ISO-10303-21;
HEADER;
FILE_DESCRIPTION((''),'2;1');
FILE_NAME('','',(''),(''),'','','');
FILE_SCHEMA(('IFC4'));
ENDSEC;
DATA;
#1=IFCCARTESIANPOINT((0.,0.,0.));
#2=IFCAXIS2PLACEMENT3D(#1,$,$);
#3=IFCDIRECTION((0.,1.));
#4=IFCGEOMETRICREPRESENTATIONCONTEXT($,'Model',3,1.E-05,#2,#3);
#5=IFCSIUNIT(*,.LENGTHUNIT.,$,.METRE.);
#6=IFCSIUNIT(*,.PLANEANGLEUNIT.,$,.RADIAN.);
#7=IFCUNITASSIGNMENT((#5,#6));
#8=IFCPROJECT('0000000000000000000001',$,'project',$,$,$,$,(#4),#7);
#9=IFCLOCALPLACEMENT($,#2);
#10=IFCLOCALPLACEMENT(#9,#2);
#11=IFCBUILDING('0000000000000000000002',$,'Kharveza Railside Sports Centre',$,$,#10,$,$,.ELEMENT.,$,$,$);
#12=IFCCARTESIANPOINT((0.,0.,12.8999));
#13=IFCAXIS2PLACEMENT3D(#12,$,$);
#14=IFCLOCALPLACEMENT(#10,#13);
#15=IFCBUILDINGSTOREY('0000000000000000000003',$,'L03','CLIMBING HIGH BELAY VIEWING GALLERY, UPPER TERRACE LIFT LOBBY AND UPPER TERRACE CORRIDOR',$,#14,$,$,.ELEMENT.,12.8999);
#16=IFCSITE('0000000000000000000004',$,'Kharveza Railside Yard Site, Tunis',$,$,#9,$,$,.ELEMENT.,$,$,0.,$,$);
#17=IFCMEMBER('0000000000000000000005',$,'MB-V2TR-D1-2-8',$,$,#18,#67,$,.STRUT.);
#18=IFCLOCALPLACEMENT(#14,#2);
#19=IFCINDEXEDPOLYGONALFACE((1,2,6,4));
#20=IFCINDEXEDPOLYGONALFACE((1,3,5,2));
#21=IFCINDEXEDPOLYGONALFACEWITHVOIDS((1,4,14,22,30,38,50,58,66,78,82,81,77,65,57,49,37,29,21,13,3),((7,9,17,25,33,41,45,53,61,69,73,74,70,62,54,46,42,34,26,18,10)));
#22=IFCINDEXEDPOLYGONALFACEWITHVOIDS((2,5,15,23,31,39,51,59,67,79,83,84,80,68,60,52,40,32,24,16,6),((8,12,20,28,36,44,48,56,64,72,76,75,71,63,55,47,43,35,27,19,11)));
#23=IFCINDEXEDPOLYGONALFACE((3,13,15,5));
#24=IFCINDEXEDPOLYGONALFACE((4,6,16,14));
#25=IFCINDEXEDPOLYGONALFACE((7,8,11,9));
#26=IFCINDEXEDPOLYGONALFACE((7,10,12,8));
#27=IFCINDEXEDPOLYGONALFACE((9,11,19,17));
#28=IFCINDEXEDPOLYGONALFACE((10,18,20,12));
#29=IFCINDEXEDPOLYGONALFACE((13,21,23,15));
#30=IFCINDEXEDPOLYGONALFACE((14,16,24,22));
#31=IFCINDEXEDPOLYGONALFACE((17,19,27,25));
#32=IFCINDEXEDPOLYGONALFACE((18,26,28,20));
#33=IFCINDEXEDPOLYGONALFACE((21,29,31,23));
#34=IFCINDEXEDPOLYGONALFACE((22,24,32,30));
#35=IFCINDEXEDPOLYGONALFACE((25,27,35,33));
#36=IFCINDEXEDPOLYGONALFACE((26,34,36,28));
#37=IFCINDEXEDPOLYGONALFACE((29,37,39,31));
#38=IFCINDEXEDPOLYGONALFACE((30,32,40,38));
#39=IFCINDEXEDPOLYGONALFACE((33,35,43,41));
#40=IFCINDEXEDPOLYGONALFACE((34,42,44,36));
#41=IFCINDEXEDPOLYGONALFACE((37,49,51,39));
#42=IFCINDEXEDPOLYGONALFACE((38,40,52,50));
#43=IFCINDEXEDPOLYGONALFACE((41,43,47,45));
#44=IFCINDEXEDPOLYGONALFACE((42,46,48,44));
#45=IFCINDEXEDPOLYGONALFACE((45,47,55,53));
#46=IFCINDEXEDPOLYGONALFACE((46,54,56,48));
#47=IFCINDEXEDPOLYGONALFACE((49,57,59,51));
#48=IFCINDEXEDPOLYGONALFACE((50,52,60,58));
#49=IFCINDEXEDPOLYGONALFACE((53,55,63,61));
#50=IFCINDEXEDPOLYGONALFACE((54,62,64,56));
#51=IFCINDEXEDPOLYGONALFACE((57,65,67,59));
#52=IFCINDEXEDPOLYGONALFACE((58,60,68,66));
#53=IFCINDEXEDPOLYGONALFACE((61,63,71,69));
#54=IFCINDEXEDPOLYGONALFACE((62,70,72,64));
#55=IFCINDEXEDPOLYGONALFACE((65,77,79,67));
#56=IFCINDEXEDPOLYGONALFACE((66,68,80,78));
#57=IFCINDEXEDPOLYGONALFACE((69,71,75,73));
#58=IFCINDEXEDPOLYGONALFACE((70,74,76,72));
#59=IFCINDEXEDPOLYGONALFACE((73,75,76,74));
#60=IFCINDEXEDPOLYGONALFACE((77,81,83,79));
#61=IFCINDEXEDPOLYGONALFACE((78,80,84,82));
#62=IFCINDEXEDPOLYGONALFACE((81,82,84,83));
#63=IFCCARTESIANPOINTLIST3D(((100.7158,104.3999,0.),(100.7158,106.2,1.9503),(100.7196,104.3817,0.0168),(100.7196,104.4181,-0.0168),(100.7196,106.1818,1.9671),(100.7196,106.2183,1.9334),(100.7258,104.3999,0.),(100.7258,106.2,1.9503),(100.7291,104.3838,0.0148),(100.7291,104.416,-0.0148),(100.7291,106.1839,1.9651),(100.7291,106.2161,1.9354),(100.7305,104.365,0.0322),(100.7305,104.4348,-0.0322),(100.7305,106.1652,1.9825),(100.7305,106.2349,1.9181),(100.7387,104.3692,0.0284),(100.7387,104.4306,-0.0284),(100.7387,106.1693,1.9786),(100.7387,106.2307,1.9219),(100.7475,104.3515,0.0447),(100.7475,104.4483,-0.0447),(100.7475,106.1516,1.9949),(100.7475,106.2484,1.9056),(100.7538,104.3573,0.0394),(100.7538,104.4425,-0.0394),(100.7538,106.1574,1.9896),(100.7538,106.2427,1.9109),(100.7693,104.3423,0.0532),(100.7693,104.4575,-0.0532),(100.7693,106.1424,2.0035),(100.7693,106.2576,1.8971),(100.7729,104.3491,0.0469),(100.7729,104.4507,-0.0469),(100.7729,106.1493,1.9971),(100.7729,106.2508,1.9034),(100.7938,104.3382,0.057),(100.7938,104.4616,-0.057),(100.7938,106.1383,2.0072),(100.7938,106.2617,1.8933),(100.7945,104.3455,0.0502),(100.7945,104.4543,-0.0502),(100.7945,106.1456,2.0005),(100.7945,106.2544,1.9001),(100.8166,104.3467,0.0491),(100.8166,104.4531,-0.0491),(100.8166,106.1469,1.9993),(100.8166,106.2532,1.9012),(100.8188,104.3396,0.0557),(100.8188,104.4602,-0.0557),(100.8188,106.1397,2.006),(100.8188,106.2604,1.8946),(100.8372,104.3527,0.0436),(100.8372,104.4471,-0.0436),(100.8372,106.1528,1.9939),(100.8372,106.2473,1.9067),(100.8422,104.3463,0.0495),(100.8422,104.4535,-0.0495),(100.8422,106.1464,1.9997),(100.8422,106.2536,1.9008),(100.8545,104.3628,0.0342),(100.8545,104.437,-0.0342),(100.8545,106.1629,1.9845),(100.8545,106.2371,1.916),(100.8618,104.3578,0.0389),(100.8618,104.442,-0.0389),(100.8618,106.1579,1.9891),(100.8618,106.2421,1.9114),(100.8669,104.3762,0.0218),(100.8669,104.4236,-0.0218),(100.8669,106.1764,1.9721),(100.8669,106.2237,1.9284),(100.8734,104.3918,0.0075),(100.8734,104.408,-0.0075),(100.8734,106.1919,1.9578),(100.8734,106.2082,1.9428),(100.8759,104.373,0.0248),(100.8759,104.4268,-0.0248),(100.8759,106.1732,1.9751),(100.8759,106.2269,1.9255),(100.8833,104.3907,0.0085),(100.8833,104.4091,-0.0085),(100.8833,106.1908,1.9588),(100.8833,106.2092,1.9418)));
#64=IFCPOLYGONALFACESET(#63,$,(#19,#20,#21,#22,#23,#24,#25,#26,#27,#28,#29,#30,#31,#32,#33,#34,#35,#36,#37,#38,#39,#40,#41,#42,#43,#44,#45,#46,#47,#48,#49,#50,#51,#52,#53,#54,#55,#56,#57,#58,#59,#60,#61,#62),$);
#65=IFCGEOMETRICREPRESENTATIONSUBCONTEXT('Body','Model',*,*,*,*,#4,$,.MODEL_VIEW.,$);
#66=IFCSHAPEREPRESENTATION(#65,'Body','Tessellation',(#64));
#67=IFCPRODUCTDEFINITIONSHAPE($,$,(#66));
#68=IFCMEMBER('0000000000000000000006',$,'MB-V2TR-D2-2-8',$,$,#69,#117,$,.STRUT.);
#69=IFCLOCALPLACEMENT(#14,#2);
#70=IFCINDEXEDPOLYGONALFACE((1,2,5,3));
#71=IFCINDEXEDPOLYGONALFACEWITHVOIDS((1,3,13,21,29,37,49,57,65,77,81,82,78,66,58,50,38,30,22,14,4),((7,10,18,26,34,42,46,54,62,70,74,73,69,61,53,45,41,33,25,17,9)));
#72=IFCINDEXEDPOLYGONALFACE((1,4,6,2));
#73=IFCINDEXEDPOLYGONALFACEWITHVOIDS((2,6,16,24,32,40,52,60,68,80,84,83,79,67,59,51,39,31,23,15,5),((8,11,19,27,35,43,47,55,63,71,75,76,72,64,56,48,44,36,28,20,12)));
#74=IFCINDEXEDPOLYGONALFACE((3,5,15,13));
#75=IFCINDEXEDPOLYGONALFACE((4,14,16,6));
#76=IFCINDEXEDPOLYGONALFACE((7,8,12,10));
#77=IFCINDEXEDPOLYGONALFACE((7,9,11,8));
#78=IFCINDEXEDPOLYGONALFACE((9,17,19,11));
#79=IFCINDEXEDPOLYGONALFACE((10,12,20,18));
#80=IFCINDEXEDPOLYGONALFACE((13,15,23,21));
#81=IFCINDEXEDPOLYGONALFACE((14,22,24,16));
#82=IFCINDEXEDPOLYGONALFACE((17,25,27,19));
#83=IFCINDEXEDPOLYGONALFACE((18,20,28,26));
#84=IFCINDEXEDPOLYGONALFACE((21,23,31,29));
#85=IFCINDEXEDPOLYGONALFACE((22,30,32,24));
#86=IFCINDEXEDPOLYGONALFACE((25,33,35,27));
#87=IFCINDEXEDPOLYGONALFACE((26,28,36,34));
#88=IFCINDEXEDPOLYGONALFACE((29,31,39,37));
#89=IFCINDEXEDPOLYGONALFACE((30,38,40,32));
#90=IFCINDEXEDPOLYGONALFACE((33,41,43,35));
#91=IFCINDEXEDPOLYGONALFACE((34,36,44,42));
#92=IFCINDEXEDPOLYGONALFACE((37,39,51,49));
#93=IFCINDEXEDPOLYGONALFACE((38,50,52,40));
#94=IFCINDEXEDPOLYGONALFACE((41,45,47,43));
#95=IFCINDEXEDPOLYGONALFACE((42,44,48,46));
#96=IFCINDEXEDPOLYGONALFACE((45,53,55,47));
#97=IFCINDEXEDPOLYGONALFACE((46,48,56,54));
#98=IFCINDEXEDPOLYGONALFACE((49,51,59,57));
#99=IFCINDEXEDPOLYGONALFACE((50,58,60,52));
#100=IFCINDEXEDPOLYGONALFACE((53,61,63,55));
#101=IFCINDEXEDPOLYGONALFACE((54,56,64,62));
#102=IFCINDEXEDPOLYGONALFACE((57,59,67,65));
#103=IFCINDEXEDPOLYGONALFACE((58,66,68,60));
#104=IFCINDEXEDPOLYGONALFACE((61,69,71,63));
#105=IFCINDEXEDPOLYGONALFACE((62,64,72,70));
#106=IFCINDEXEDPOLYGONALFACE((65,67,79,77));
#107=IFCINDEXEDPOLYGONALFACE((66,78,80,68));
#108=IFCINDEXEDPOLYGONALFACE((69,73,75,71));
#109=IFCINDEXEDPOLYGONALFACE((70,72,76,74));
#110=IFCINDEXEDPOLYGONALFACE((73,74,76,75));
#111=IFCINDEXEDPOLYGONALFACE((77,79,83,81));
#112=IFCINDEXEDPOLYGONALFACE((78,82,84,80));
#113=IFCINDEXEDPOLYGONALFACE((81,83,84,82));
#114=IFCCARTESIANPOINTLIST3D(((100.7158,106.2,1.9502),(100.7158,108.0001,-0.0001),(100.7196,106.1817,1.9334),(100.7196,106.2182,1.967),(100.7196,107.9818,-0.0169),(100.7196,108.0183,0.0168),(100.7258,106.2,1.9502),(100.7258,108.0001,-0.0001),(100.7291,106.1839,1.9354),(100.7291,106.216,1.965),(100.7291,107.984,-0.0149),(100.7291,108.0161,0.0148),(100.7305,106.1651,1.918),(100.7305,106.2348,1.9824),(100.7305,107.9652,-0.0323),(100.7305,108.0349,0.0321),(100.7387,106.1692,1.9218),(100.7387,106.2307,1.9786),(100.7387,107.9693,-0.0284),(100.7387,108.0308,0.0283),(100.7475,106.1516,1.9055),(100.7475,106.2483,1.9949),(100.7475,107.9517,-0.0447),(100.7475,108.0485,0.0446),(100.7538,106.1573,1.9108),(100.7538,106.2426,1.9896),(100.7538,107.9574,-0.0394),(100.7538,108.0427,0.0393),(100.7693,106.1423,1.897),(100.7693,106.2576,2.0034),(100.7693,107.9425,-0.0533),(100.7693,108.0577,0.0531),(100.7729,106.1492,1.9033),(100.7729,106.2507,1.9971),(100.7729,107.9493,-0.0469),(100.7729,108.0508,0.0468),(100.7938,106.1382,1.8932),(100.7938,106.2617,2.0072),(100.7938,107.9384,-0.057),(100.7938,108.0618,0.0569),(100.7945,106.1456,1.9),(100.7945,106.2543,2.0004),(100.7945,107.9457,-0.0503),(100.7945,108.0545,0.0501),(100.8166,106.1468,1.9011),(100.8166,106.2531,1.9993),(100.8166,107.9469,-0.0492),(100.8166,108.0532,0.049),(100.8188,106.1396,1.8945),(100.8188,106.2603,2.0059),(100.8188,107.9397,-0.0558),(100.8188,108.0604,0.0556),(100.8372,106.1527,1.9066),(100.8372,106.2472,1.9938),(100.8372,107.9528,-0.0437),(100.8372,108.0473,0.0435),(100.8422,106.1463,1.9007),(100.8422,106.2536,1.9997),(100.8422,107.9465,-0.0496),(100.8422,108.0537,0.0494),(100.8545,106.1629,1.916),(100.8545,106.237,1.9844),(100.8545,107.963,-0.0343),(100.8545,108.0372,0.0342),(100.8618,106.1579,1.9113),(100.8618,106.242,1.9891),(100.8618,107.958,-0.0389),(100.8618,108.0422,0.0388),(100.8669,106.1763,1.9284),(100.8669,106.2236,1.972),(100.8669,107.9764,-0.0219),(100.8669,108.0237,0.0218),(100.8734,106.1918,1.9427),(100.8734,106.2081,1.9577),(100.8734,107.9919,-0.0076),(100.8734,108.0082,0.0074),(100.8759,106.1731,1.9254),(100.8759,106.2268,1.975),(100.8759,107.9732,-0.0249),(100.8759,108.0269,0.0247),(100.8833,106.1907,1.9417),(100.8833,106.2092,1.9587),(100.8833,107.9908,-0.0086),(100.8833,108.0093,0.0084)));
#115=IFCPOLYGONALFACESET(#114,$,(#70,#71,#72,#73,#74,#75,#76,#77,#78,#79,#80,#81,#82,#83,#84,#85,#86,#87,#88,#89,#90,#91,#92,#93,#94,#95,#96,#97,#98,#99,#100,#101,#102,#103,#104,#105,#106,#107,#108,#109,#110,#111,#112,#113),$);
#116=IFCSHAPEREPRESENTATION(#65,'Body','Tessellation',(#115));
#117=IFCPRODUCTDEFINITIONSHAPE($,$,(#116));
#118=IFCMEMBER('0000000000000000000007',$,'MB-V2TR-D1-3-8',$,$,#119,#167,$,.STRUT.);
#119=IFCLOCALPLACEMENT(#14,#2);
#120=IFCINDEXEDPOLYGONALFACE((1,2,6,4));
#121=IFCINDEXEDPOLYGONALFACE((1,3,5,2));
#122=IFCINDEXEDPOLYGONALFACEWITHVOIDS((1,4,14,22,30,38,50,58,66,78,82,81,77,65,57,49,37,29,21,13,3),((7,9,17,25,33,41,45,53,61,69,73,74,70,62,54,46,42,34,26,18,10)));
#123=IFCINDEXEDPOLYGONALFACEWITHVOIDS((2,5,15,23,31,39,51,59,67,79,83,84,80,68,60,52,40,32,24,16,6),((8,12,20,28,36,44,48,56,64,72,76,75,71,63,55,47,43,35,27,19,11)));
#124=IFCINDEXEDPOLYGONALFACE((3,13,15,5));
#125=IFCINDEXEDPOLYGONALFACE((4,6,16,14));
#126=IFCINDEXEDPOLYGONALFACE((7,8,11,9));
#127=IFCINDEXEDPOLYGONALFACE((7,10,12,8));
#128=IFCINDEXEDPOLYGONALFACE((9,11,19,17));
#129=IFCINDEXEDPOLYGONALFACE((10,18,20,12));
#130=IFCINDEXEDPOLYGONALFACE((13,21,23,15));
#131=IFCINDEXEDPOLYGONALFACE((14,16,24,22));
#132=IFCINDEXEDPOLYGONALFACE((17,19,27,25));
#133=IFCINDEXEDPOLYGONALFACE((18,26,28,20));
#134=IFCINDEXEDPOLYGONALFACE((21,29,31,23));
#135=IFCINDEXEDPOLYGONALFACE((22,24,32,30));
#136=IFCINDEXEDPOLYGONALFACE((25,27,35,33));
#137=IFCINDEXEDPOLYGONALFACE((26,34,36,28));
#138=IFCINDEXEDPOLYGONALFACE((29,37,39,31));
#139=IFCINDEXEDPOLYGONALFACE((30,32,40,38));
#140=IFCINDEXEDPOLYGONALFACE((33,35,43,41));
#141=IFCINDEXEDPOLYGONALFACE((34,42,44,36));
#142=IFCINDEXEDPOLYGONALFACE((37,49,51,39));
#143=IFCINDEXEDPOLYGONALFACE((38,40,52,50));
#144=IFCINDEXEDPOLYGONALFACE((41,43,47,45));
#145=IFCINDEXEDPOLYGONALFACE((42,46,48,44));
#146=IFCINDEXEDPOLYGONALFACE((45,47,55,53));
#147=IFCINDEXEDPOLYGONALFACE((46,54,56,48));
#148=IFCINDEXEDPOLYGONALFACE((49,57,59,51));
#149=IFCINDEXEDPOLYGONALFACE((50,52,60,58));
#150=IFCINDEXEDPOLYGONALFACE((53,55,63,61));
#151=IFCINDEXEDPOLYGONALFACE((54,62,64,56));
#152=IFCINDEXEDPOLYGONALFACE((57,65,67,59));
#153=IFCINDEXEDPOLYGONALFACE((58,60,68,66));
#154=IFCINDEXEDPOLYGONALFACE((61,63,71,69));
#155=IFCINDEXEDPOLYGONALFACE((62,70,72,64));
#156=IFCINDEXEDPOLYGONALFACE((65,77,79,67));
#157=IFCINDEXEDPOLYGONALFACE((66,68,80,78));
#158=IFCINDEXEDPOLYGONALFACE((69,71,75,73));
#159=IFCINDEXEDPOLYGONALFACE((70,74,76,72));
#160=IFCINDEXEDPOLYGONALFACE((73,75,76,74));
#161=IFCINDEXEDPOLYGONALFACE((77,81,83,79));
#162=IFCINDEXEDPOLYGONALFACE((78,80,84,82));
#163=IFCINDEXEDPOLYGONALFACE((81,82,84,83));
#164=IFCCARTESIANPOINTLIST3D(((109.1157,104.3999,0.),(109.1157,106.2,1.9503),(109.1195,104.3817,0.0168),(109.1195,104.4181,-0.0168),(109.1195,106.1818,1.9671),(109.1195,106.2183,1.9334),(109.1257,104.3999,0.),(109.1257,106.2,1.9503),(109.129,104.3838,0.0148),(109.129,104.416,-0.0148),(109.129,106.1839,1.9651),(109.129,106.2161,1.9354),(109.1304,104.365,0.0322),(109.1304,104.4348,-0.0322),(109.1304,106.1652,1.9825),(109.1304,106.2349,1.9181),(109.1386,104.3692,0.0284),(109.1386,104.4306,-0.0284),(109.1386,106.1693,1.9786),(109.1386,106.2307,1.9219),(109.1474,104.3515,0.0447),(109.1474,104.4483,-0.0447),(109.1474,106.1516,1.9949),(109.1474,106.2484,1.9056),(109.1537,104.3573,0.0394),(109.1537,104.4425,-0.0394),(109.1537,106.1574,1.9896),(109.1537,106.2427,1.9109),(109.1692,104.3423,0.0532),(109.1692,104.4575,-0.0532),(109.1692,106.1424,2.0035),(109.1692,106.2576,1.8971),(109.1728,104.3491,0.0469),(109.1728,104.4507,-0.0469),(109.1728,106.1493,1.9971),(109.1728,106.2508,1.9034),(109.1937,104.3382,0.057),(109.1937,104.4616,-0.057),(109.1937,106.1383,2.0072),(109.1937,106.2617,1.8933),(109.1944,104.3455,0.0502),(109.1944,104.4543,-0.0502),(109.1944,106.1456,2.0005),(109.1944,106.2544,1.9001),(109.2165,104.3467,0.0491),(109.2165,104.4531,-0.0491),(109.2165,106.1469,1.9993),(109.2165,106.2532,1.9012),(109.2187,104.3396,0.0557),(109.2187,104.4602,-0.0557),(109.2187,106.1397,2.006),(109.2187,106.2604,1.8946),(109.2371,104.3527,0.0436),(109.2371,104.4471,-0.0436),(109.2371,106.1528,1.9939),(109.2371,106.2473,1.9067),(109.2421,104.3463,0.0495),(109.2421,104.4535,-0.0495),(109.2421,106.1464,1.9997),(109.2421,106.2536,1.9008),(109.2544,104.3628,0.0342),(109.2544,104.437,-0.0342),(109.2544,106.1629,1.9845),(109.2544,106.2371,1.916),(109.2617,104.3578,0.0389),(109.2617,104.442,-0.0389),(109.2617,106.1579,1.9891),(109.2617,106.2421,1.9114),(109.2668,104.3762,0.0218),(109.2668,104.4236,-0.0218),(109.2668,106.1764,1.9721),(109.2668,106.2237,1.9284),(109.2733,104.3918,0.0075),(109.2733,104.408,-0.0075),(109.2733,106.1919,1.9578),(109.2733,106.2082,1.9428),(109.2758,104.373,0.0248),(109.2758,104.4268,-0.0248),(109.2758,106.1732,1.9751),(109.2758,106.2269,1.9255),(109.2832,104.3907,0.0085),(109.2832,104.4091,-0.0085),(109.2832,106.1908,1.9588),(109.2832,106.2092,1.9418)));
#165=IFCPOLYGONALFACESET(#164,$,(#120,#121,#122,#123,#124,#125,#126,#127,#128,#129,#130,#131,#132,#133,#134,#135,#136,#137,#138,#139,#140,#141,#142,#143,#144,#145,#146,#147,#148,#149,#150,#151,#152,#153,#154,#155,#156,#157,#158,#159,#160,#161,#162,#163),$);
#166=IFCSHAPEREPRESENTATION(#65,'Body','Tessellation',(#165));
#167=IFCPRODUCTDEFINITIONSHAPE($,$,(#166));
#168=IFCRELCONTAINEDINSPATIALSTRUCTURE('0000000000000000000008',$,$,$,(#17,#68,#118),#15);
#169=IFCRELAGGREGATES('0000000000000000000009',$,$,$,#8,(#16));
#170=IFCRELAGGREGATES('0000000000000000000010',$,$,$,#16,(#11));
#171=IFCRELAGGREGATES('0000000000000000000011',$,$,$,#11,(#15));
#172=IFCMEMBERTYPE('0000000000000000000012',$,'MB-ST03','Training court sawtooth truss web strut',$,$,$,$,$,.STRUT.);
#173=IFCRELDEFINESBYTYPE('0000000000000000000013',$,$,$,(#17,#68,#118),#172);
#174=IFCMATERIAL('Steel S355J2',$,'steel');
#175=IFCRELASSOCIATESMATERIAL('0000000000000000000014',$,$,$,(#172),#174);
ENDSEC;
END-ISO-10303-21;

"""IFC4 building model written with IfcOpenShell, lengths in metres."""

from ifc_helpers import new_model, si_unit, direction, frame, origin, origin_2d, place, context, subcontext, project, spatial, hollow_circle, extrude, material, material_profile, profile_set, type_object, element, save


model = new_model("IFC4")

# Units and contexts
model_context = context("Model", 3, precision=1e-05, world=origin(), true_north=direction((0.0, 1.0)))
body_context = subcontext(model_context, "Body", "Model", "MODEL_VIEW")
ifc_project = project(units=[si_unit("LENGTHUNIT", "METRE"), si_unit("PLANEANGLEUNIT", "RADIAN")], contexts=[model_context])

# Site, building, storey
site_placement = place(None, origin())
site = spatial("IfcSite", under=ifc_project, at=site_placement, Name="Kharveza Railside Yard Site, Tunis", CompositionType="ELEMENT", RefElevation=0.0)
building_placement = place(site_placement, origin())
building = spatial("IfcBuilding", under=site, at=building_placement, Name="Kharveza Railside Sports Centre", CompositionType="ELEMENT")
storey_placement = place(building_placement, frame((0.0, 0.0, 12.8999)))
storey = spatial("IfcBuildingStorey", under=building, at=storey_placement, Name="L03", Description="CLIMBING HIGH BELAY VIEWING GALLERY, UPPER TERRACE LIFT LOBBY AND UPPER TERRACE CORRIDOR", CompositionType="ELEMENT", Elevation=12.8999)

# Members
ifc_material_1 = material(Name="Steel S355J2", Category="steel")
ifc_material_profile_1 = material_profile(ifc_material_1, hollow_circle(Radius=0.0842, WallThickness=0.01, at=origin_2d()), Name="CHS 168.3x10.0")
ifc_profile_set_1 = profile_set([ifc_material_profile_1], Name="Steel S355J2")
member_type_1 = type_object("IfcMemberType", Name="MB-ST03", Description="Training court sawtooth truss web strut", PredefinedType="STRUT", material=ifc_profile_set_1)
for number, where, z_axis, x_axis, name in (
    (1, (100.8, 104.3999, 0.0), (0.0, 0.678253, 0.734828), (-1.0, 0.0, 0.0), "MB-V2TR-D1-2-8"),
    (2, (100.8, 106.2, 1.9502), (0.0, 0.678253, -0.734828), (-1.0, 0.0, 0.0), "MB-V2TR-D2-2-8"),
    (3, (109.2, 104.3999, 0.0), (0.0, 0.678253, 0.734828), (-1.0, 0.0, 0.0), "MB-V2TR-D1-3-8"),
):
    element("IfcMember", number, at=place(storey_placement, frame(where, z_axis=z_axis, x_axis=x_axis)), inside=storey, type_object=member_type_1, Name=name, PredefinedType="STRUT", context=body_context, shape_type="SweptSolid", body=[
        extrude(hollow_circle(Radius=0.0842, WallThickness=0.01, at=origin_2d()), origin(), (0.0, 0.0, 1.0), 2.6541),
    ])

save(model, "model.ifc")
